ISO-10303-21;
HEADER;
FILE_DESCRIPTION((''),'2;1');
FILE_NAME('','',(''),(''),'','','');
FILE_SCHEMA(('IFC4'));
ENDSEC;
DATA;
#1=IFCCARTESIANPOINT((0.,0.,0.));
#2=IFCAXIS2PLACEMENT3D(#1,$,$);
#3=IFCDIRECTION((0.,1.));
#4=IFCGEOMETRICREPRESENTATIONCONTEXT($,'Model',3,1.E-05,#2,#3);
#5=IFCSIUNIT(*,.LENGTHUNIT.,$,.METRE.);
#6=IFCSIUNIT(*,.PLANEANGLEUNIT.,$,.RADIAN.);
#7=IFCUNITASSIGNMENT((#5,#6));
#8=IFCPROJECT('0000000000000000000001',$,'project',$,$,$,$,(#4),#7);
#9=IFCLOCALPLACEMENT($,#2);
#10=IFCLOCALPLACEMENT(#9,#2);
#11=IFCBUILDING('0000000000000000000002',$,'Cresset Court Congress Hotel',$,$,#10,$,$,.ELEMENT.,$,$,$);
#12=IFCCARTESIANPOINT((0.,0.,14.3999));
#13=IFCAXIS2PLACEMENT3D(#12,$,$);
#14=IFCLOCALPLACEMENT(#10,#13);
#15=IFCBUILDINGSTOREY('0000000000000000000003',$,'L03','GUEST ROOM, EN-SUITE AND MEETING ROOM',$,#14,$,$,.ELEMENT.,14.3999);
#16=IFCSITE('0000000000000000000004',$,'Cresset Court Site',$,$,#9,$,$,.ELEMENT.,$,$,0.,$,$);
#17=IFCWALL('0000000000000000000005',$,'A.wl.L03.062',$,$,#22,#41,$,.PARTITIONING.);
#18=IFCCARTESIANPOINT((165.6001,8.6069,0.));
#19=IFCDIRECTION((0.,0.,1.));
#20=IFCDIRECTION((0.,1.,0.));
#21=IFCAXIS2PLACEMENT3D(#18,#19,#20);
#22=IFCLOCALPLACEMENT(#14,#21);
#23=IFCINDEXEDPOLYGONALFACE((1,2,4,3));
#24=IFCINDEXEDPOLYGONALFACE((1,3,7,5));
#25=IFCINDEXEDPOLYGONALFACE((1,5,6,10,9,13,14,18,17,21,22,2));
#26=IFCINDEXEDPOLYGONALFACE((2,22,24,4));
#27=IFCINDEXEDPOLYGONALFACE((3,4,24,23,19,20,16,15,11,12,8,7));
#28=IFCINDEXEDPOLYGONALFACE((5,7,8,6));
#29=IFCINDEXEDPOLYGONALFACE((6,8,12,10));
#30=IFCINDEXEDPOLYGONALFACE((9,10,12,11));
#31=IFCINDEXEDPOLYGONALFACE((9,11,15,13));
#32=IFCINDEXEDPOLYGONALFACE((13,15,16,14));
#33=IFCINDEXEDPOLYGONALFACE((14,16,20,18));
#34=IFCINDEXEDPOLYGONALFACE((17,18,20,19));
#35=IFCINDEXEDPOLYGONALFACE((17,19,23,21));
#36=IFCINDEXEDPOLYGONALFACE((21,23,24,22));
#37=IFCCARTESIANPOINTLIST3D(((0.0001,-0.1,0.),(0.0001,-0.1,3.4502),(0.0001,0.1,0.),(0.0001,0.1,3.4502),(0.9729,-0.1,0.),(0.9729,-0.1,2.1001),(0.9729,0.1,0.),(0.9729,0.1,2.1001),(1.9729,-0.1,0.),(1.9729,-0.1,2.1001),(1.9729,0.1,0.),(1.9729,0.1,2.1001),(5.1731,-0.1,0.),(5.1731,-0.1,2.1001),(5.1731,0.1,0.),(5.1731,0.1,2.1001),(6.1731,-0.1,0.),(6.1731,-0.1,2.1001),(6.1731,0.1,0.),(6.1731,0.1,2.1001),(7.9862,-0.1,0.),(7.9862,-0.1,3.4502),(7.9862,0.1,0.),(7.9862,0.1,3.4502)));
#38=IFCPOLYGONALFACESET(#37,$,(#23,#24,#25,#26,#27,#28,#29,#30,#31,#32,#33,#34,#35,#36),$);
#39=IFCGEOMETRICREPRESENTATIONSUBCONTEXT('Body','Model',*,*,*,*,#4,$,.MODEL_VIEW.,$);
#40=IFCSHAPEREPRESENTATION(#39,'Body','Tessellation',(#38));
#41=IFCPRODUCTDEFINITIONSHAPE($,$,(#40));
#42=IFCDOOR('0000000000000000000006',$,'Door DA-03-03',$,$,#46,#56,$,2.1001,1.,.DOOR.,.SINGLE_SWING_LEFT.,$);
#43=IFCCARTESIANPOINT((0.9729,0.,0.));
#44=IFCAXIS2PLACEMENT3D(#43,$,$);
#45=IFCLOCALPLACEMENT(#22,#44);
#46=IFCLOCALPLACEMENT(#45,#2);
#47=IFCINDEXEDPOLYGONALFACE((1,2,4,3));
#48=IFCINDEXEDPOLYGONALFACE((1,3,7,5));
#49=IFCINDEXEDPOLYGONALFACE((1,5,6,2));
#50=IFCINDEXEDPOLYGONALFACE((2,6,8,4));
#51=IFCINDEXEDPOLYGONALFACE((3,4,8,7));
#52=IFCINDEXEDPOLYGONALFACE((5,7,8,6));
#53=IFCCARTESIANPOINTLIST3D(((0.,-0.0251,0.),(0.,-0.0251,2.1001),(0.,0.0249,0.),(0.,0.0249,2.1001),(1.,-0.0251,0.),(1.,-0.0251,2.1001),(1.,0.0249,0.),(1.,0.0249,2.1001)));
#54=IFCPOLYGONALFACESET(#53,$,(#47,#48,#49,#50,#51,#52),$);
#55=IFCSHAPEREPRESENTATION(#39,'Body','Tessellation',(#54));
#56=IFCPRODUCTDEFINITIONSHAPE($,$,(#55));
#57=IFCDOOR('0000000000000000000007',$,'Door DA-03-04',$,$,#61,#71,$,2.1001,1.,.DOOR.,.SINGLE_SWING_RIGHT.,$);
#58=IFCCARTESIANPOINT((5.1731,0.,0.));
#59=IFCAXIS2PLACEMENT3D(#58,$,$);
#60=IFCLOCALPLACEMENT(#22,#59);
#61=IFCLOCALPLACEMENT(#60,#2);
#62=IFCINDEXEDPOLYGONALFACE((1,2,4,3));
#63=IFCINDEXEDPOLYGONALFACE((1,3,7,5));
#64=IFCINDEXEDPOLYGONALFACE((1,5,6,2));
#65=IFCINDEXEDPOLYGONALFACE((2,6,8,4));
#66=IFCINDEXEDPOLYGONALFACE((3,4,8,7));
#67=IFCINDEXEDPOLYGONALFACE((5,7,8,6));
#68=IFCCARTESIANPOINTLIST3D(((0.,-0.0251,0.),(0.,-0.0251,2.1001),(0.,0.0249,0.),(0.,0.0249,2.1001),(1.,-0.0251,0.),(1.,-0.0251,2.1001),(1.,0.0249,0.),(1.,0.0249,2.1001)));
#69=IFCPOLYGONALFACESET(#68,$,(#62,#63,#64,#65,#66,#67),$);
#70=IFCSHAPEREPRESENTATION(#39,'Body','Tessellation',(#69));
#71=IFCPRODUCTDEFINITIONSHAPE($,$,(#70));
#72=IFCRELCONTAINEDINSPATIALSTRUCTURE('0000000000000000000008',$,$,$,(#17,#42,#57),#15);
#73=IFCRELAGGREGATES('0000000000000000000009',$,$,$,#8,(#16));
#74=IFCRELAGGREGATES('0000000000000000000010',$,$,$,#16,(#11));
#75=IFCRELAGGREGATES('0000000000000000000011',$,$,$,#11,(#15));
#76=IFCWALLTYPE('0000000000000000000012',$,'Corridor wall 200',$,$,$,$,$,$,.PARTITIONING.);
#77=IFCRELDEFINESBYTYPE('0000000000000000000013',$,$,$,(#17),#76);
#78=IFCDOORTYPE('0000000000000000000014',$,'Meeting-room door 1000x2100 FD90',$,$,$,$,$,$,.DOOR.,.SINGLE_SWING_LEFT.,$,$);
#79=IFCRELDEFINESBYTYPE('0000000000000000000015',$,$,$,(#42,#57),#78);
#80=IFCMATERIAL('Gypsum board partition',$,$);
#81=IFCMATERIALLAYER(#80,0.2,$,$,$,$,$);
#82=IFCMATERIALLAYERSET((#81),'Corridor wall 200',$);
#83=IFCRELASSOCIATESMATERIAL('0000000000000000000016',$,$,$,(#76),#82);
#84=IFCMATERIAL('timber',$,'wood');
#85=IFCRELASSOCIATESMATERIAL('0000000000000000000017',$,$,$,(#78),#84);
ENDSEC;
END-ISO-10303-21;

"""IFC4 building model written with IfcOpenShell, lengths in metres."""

from ifc_helpers import new_model, si_unit, direction, frame, frame_2d, origin, place, context, subcontext, project, spatial, rectangle, extrude, material, layer, layer_set, type_object, element, fill, save


model = new_model("IFC4")

# Units and contexts
model_context = context("Model", 3, precision=1e-05, world=origin(), true_north=direction((0.0, 1.0)))
body_context = subcontext(model_context, "Body", "Model", "MODEL_VIEW")
ifc_project = project(units=[si_unit("LENGTHUNIT", "METRE"), si_unit("PLANEANGLEUNIT", "RADIAN")], contexts=[model_context])

# Site, building, storey
site_placement = place(None, origin())
site = spatial("IfcSite", under=ifc_project, at=site_placement, Name="Cresset Court Site", CompositionType="ELEMENT", RefElevation=0.0)
building_placement = place(site_placement, origin())
building = spatial("IfcBuilding", under=site, at=building_placement, Name="Cresset Court Congress Hotel", CompositionType="ELEMENT")
storey_placement = place(building_placement, frame((0.0, 0.0, 14.3999)))
storey = spatial("IfcBuildingStorey", under=building, at=storey_placement, Name="L03", Description="GUEST ROOM, EN-SUITE AND MEETING ROOM", CompositionType="ELEMENT", Elevation=14.3999)

# Wall, openings, doors
ifc_material_1 = material(Name="Gypsum board partition")
ifc_layer_1 = layer(ifc_material_1, 0.2)
ifc_layer_set_1 = layer_set([ifc_layer_1], Name="Corridor wall 200")
wall_type_1 = type_object("IfcWallType", Name="Corridor wall 200", PredefinedType="PARTITIONING", material=ifc_layer_set_1)
wall_1_placement = place(storey_placement, frame((165.6001, 8.6069, 0.0), z_axis=(0.0, 0.0, 1.0), x_axis=(0.0, 1.0, 0.0)))
wall_1 = element("IfcWall", 1, at=wall_1_placement, inside=storey, type_object=wall_type_1, Name="A.wl.L03.062", PredefinedType="PARTITIONING", context=body_context, shape_type="SweptSolid", body=[
    extrude(rectangle(XDim=7.9861, YDim=0.2, at=frame_2d((3.9932, 0.0))), origin(), (0.0, 0.0, 1.0), 3.4502),
])
opening_1_placement = place(wall_1_placement, frame((0.9729, 0.0, 0.0)))
opening_1 = element("IfcOpeningElement", 2, at=opening_1_placement, cuts=wall_1, PredefinedType="OPENING", context=body_context, shape_type="SweptSolid", body=[
    extrude(rectangle(XDim=1.0, YDim=2.1001, at=frame_2d((0.5, 1.05))), frame((0.0, 0.1099, 0.0), z_axis=(0.0, -1.0, 0.0), x_axis=(1.0, 0.0, 0.0)), (0.0, 0.0, 1.0), 0.22),
])
opening_2_placement = place(wall_1_placement, frame((5.1731, 0.0, 0.0)))
opening_2 = element("IfcOpeningElement", 3, at=opening_2_placement, cuts=wall_1, PredefinedType="OPENING", context=body_context, shape_type="SweptSolid", body=[
    extrude(rectangle(XDim=1.0, YDim=2.1001, at=frame_2d((0.5, 1.05))), frame((0.0, 0.1099, 0.0), z_axis=(0.0, -1.0, 0.0), x_axis=(1.0, 0.0, 0.0)), (0.0, 0.0, 1.0), 0.22),
])
ifc_material_2 = material(Name="timber", Category="wood")
door_type_1 = type_object("IfcDoorType", Name="Meeting-room door 1000x2100 FD90", OperationType="SINGLE_SWING_LEFT", PredefinedType="DOOR", material=ifc_material_2)
door_1_placement = place(opening_1_placement, origin())
door_1 = element("IfcDoor", 4, at=door_1_placement, inside=storey, type_object=door_type_1, Name="Door DA-03-03", OperationType="SINGLE_SWING_LEFT", OverallHeight=2.1001, OverallWidth=1.0, PredefinedType="DOOR", context=body_context, shape_type="SweptSolid", body=[
    extrude(rectangle(XDim=1.0, YDim=2.1001, at=frame_2d((0.5, 1.05))), frame((0.0, 0.0249, 0.0), z_axis=(0.0, -1.0, 0.0), x_axis=(1.0, 0.0, 0.0)), (0.0, 0.0, 1.0), 0.05),
])
fill(opening_1, door_1)
door_2_placement = place(opening_2_placement, origin())
door_2 = element("IfcDoor", 5, at=door_2_placement, inside=storey, type_object=door_type_1, Name="Door DA-03-04", OperationType="SINGLE_SWING_RIGHT", OverallHeight=2.1001, OverallWidth=1.0, PredefinedType="DOOR", context=body_context, shape_type="SweptSolid", body=[
    extrude(rectangle(XDim=1.0, YDim=2.1001, at=frame_2d((0.5, 1.05))), frame((0.0, 0.0249, 0.0), z_axis=(0.0, -1.0, 0.0), x_axis=(1.0, 0.0, 0.0)), (0.0, 0.0, 1.0), 0.05),
])
fill(opening_2, door_2)

save(model, "model.ifc")
